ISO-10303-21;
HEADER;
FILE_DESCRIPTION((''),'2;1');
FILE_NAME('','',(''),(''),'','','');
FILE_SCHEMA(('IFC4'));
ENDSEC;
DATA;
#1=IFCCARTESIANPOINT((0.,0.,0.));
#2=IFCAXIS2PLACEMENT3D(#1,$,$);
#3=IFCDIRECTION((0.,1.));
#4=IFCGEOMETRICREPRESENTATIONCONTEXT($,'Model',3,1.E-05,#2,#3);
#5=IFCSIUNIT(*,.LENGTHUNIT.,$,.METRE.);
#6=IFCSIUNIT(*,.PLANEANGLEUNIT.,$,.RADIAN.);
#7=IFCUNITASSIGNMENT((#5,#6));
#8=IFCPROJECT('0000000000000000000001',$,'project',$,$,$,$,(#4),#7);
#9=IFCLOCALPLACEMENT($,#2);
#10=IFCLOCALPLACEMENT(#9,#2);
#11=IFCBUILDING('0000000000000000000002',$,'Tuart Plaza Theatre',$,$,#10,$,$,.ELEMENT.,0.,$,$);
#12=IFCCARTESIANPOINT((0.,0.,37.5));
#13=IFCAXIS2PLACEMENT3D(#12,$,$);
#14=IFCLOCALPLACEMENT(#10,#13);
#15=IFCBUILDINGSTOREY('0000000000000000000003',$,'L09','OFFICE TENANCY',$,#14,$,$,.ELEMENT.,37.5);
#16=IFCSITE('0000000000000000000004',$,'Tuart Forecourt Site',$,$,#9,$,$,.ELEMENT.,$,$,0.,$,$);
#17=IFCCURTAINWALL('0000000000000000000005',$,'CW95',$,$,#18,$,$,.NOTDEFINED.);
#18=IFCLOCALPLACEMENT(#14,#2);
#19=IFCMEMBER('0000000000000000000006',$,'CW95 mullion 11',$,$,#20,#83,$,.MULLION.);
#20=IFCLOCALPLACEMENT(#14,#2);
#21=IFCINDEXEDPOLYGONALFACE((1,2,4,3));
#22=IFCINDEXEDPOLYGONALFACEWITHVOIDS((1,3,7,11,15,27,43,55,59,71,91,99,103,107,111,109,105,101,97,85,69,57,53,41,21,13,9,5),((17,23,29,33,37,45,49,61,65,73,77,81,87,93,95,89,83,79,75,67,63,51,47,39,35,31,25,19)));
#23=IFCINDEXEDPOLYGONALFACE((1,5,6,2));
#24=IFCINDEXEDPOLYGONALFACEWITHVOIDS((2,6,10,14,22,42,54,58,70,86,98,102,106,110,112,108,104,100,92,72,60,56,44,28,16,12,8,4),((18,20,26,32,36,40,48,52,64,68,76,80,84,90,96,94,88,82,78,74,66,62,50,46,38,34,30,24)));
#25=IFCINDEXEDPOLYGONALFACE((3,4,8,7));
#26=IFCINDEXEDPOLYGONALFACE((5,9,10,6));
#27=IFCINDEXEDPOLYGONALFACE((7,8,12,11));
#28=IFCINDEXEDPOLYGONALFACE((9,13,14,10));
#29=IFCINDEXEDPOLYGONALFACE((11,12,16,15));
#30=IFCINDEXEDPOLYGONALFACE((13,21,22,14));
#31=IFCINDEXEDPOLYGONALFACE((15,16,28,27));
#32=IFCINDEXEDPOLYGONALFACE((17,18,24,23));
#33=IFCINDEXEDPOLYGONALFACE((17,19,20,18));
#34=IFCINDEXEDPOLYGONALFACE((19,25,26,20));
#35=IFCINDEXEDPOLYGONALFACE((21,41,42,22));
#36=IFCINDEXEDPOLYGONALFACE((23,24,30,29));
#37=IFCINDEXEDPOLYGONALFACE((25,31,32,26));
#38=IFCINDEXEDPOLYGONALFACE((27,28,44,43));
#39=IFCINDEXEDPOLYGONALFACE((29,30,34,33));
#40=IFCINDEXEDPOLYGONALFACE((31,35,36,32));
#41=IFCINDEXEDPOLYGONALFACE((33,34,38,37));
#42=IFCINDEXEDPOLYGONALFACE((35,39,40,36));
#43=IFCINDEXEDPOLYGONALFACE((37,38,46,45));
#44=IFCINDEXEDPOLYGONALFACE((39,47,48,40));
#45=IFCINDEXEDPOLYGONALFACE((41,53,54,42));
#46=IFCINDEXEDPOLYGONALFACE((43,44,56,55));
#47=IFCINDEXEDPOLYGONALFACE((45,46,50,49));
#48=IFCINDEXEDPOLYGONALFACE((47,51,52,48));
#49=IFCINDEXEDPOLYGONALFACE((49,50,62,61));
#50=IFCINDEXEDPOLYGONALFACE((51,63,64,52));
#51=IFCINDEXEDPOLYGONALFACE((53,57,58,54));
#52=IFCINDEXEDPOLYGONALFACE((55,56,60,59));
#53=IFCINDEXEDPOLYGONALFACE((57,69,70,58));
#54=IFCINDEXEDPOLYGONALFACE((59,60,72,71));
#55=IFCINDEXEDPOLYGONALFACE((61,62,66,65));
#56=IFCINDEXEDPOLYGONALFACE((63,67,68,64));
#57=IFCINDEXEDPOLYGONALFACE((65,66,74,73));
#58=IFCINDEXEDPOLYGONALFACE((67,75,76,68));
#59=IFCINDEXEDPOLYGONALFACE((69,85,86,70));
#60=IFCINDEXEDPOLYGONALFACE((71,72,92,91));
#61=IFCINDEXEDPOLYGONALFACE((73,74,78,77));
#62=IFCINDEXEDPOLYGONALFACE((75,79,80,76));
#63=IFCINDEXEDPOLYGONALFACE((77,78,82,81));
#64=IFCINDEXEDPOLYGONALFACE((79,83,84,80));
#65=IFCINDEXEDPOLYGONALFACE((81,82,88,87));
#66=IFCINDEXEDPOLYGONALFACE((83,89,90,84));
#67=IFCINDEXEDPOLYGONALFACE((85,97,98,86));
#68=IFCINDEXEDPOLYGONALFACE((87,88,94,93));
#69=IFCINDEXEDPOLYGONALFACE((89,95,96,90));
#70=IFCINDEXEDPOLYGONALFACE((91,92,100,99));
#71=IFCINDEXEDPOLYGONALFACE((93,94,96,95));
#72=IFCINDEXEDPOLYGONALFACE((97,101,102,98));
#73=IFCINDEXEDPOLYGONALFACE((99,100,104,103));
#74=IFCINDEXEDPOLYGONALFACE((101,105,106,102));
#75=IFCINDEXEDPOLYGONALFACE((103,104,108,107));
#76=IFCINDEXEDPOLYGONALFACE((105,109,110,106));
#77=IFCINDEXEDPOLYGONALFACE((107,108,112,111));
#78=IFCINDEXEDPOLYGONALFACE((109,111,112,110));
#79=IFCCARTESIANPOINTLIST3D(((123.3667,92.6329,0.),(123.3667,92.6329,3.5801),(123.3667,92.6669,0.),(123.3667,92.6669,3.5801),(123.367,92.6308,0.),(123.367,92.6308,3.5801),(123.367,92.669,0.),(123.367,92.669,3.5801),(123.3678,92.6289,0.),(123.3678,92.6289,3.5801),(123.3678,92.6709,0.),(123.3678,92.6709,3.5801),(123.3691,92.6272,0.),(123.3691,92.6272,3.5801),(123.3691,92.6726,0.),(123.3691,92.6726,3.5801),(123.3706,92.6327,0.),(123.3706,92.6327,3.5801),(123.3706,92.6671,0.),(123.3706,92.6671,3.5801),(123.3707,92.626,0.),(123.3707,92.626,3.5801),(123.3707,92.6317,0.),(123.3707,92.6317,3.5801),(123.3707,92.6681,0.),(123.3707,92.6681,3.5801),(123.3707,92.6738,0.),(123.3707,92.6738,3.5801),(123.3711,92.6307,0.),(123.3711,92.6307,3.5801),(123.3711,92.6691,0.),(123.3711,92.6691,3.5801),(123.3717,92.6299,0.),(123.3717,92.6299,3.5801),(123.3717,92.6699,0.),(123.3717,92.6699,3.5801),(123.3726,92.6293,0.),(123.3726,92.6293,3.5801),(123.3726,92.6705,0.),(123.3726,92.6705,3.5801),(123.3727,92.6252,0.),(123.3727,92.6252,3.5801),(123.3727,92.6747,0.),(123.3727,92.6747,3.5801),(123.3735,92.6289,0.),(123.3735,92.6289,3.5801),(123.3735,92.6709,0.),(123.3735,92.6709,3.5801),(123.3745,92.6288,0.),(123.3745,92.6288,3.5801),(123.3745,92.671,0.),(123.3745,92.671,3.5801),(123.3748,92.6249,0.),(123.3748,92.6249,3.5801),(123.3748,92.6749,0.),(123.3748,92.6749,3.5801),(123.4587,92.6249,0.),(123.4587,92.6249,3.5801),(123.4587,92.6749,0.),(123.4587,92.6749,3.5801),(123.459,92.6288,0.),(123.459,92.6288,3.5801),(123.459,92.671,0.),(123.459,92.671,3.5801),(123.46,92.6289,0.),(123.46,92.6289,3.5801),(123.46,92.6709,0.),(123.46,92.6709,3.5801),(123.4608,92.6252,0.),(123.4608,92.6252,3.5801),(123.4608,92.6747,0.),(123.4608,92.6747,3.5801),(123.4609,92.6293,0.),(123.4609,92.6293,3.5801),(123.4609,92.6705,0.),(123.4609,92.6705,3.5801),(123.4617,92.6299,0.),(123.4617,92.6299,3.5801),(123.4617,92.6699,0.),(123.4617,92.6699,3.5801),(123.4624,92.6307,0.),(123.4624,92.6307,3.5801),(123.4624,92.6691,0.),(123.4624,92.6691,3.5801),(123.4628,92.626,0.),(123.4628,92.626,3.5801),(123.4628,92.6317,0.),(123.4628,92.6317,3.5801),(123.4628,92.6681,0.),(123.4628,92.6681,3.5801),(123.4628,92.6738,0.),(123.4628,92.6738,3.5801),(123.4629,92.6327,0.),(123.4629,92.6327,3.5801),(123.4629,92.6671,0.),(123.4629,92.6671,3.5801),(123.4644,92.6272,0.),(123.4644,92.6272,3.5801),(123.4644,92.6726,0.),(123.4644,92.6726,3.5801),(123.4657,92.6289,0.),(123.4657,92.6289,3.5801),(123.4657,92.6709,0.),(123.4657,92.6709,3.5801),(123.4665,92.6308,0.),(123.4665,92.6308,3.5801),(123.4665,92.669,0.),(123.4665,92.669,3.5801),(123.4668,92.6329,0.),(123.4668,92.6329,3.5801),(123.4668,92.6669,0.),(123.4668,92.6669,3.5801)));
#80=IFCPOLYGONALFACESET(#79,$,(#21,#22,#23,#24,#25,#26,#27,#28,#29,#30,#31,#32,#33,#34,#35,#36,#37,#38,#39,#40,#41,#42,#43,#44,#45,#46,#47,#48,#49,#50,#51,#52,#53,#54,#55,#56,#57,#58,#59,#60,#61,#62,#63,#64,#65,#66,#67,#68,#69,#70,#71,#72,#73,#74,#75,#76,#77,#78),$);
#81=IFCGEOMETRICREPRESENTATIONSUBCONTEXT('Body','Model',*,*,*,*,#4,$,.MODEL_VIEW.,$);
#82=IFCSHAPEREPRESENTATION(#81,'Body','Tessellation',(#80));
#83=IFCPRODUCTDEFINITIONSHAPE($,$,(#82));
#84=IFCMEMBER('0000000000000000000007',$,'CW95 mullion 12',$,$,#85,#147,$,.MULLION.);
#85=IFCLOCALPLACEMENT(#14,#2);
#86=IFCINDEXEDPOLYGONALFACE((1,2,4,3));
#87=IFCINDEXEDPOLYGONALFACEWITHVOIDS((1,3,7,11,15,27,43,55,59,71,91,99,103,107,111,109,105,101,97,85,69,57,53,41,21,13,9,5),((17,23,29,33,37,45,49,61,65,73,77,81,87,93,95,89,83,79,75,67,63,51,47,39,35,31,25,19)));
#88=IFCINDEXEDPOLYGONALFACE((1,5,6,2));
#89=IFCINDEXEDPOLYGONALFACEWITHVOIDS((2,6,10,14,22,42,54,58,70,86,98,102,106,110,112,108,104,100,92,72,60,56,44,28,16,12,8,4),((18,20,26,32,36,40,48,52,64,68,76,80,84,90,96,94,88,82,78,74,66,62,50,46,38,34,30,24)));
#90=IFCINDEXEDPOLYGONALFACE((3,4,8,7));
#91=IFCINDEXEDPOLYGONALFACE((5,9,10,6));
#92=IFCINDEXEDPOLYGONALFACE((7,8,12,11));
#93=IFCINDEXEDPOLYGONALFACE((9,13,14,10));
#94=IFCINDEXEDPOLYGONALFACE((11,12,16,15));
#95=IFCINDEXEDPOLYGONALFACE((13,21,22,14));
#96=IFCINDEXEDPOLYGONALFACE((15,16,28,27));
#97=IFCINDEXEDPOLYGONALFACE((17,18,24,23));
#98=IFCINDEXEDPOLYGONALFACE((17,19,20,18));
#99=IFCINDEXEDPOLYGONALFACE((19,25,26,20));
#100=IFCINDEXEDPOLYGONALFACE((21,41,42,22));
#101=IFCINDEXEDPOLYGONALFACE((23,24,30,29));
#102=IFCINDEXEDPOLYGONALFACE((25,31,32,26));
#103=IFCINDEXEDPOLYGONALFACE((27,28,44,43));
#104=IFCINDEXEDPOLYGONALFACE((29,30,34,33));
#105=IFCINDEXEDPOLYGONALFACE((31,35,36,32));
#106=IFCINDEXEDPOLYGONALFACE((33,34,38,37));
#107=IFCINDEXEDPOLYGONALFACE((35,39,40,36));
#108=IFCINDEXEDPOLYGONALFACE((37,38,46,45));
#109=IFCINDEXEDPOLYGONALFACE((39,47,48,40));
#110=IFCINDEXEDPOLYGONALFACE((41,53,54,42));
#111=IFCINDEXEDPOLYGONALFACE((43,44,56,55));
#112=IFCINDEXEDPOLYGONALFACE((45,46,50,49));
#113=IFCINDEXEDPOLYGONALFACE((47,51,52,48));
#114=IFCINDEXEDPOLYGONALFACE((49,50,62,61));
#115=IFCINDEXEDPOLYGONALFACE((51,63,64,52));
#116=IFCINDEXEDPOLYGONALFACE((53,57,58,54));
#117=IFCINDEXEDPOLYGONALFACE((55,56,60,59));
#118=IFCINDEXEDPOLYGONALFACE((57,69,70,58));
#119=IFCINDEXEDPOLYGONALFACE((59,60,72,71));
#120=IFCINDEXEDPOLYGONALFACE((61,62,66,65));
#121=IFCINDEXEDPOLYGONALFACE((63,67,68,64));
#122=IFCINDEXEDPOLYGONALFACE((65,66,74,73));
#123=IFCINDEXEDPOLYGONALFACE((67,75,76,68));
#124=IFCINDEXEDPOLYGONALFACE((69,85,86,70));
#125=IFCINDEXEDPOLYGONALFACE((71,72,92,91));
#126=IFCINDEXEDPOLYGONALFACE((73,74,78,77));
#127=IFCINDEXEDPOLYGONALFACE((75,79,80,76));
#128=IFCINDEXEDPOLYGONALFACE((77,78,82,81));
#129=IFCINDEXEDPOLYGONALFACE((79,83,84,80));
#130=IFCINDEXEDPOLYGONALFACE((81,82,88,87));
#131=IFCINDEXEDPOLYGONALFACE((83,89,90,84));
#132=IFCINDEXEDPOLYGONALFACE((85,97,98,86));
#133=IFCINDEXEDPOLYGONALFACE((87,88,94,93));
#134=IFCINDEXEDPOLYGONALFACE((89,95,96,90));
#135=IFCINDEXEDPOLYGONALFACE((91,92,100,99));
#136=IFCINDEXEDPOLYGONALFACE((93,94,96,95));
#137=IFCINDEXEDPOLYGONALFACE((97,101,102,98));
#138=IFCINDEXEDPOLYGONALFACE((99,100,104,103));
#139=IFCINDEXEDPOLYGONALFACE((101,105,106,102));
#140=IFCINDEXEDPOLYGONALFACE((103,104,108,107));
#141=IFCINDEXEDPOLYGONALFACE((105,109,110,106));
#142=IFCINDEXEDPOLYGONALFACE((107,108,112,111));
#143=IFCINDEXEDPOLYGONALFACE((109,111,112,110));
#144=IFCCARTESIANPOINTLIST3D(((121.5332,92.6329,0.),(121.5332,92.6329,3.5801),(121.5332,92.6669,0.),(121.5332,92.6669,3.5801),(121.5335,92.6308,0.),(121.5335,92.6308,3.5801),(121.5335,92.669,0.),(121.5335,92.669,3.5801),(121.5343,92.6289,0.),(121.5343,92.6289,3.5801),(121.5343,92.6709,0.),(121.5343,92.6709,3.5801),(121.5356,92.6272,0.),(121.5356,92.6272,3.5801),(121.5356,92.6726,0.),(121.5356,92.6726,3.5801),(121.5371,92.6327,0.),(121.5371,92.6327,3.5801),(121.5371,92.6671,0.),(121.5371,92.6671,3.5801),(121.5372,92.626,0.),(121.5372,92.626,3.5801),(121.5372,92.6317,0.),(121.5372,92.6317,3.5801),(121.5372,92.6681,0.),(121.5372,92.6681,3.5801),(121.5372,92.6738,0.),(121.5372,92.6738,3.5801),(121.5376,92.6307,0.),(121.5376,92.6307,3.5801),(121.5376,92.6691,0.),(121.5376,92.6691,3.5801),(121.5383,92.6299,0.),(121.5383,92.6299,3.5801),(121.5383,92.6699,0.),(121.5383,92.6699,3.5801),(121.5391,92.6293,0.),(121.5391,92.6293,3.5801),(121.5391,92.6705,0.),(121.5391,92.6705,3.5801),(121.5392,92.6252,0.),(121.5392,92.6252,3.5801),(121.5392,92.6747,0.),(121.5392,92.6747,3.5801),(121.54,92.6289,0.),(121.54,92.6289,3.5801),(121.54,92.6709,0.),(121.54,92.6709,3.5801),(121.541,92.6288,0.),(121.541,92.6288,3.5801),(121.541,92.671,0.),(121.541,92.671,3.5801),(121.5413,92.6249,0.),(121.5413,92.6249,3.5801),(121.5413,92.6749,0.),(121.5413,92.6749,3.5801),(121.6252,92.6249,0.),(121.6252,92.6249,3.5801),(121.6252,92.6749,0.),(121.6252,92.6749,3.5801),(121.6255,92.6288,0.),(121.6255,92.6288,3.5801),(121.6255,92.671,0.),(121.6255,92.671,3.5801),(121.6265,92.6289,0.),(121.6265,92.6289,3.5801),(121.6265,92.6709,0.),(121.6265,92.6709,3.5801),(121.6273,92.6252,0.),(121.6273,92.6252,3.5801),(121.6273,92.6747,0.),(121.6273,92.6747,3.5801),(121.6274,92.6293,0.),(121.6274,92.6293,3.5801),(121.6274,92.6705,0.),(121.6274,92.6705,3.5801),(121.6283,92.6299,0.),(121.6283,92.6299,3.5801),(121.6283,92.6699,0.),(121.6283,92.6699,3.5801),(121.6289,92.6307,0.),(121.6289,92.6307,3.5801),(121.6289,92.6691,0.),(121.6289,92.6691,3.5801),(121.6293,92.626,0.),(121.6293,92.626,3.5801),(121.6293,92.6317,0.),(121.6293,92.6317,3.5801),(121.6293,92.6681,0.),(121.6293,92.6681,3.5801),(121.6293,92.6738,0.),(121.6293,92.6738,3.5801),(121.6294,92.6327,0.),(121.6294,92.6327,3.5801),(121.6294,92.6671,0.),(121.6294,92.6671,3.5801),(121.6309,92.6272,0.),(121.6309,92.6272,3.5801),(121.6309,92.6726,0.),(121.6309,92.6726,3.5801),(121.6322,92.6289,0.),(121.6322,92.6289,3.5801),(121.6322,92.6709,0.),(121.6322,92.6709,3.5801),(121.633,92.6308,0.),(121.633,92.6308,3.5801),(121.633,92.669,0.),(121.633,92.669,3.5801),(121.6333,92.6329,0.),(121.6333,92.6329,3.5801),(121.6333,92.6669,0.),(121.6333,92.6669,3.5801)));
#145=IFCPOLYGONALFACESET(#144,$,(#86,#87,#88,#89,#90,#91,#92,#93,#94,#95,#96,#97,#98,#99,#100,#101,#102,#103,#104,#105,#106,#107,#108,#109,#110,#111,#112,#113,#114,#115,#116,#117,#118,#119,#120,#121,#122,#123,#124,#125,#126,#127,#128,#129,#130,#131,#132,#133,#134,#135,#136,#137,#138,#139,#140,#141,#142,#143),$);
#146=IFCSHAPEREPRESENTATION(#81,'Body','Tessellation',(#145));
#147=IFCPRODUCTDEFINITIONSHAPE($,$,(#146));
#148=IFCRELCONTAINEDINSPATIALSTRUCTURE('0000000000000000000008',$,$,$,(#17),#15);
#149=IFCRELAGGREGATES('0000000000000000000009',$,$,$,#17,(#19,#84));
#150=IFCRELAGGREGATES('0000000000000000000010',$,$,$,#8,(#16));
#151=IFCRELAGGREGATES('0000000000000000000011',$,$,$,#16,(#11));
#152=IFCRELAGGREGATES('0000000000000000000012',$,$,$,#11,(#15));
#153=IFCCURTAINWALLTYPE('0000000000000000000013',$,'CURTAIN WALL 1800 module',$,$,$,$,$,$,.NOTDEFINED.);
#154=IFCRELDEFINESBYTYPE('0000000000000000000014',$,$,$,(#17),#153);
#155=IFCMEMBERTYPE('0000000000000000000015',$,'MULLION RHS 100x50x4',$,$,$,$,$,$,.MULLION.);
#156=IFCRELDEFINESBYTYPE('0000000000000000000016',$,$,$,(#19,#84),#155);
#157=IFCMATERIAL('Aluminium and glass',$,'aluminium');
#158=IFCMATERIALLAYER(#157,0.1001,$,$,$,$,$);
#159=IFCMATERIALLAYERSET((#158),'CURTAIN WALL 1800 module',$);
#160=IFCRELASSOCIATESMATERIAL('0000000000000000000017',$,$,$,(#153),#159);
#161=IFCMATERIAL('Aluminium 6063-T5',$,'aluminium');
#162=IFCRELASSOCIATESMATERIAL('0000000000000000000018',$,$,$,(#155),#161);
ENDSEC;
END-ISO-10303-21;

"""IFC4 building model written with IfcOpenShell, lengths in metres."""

from ifc_helpers import new_model, si_unit, direction, frame, origin, origin_2d, place, context, subcontext, project, spatial, hollow_rectangle, extrude, material, layer, layer_set, material_profile, profile_set, type_object, element, aggregate, save


model = new_model("IFC4")

# Units and contexts
model_context = context("Model", 3, precision=1e-05, world=origin(), true_north=direction((0.0, 1.0)))
body_context = subcontext(model_context, "Body", "Model", "MODEL_VIEW")
ifc_project = project(units=[si_unit("LENGTHUNIT", "METRE"), si_unit("PLANEANGLEUNIT", "RADIAN")], contexts=[model_context])

# Site, building, storey
site_placement = place(None, origin())
site = spatial("IfcSite", under=ifc_project, at=site_placement, Name="Tuart Forecourt Site", CompositionType="ELEMENT", RefElevation=0.0)
building_placement = place(site_placement, origin())
building = spatial("IfcBuilding", under=site, at=building_placement, Name="Tuart Plaza Theatre", CompositionType="ELEMENT", ElevationOfRefHeight=0.0)
storey_placement = place(building_placement, frame((0.0, 0.0, 37.5)))
storey = spatial("IfcBuildingStorey", under=building, at=storey_placement, Name="L09", Description="OFFICE TENANCY", CompositionType="ELEMENT", Elevation=37.5)

# Curtain wall, members
ifc_material_1 = material(Name="Aluminium and glass", Category="aluminium")
ifc_layer_1 = layer(ifc_material_1, 0.1001)
ifc_layer_set_1 = layer_set([ifc_layer_1], Name="CURTAIN WALL 1800 module")
curtain_wall_type = type_object("IfcCurtainWallType", Name="CURTAIN WALL 1800 module", PredefinedType="NOTDEFINED", material=ifc_layer_set_1)
curtain_wall_placement = place(storey_placement, origin())
curtain_wall = element("IfcCurtainWall", 1, at=curtain_wall_placement, inside=storey, type_object=curtain_wall_type, Name="CW95", PredefinedType="NOTDEFINED")
ifc_material_2 = material(Name="Aluminium 6063-T5", Category="aluminium")
ifc_material_profile_1 = material_profile(ifc_material_2, hollow_rectangle(XDim=0.05, YDim=0.1001, WallThickness=0.0039, InnerFilletRadius=0.0039, OuterFilletRadius=0.0081, at=origin_2d()), Name="RHS 100x50x4")
ifc_profile_set_1 = profile_set([ifc_material_profile_1], Name="Aluminium 6063-T5")
member_type_1 = type_object("IfcMemberType", Name="MULLION RHS 100x50x4", PredefinedType="MULLION", material=ifc_profile_set_1)
member_1_placement = place(storey_placement, frame((123.4167, 92.6499, 0.0), z_axis=(0.0, 0.0, 1.0), x_axis=(0.0, -1.0, 0.0)))
member_1 = element("IfcMember", 2, at=member_1_placement, type_object=member_type_1, Name="CW95 mullion 11", PredefinedType="MULLION", context=body_context, shape_type="SweptSolid", body=[
    extrude(hollow_rectangle(XDim=0.05, YDim=0.1001, WallThickness=0.0039, InnerFilletRadius=0.0039, OuterFilletRadius=0.0081, at=origin_2d()), origin(), (0.0, 0.0, 1.0), 3.5801),
])
member_2_placement = place(storey_placement, frame((121.5833, 92.6499, 0.0), z_axis=(0.0, 0.0, 1.0), x_axis=(0.0, -1.0, 0.0)))
member_2 = element("IfcMember", 3, at=member_2_placement, type_object=member_type_1, Name="CW95 mullion 12", PredefinedType="MULLION", context=body_context, shape_type="SweptSolid", body=[
    extrude(hollow_rectangle(XDim=0.05, YDim=0.1001, WallThickness=0.0039, InnerFilletRadius=0.0039, OuterFilletRadius=0.0081, at=origin_2d()), origin(), (0.0, 0.0, 1.0), 3.5801),
])
aggregate(curtain_wall, [member_1, member_2])

save(model, "model.ifc")
